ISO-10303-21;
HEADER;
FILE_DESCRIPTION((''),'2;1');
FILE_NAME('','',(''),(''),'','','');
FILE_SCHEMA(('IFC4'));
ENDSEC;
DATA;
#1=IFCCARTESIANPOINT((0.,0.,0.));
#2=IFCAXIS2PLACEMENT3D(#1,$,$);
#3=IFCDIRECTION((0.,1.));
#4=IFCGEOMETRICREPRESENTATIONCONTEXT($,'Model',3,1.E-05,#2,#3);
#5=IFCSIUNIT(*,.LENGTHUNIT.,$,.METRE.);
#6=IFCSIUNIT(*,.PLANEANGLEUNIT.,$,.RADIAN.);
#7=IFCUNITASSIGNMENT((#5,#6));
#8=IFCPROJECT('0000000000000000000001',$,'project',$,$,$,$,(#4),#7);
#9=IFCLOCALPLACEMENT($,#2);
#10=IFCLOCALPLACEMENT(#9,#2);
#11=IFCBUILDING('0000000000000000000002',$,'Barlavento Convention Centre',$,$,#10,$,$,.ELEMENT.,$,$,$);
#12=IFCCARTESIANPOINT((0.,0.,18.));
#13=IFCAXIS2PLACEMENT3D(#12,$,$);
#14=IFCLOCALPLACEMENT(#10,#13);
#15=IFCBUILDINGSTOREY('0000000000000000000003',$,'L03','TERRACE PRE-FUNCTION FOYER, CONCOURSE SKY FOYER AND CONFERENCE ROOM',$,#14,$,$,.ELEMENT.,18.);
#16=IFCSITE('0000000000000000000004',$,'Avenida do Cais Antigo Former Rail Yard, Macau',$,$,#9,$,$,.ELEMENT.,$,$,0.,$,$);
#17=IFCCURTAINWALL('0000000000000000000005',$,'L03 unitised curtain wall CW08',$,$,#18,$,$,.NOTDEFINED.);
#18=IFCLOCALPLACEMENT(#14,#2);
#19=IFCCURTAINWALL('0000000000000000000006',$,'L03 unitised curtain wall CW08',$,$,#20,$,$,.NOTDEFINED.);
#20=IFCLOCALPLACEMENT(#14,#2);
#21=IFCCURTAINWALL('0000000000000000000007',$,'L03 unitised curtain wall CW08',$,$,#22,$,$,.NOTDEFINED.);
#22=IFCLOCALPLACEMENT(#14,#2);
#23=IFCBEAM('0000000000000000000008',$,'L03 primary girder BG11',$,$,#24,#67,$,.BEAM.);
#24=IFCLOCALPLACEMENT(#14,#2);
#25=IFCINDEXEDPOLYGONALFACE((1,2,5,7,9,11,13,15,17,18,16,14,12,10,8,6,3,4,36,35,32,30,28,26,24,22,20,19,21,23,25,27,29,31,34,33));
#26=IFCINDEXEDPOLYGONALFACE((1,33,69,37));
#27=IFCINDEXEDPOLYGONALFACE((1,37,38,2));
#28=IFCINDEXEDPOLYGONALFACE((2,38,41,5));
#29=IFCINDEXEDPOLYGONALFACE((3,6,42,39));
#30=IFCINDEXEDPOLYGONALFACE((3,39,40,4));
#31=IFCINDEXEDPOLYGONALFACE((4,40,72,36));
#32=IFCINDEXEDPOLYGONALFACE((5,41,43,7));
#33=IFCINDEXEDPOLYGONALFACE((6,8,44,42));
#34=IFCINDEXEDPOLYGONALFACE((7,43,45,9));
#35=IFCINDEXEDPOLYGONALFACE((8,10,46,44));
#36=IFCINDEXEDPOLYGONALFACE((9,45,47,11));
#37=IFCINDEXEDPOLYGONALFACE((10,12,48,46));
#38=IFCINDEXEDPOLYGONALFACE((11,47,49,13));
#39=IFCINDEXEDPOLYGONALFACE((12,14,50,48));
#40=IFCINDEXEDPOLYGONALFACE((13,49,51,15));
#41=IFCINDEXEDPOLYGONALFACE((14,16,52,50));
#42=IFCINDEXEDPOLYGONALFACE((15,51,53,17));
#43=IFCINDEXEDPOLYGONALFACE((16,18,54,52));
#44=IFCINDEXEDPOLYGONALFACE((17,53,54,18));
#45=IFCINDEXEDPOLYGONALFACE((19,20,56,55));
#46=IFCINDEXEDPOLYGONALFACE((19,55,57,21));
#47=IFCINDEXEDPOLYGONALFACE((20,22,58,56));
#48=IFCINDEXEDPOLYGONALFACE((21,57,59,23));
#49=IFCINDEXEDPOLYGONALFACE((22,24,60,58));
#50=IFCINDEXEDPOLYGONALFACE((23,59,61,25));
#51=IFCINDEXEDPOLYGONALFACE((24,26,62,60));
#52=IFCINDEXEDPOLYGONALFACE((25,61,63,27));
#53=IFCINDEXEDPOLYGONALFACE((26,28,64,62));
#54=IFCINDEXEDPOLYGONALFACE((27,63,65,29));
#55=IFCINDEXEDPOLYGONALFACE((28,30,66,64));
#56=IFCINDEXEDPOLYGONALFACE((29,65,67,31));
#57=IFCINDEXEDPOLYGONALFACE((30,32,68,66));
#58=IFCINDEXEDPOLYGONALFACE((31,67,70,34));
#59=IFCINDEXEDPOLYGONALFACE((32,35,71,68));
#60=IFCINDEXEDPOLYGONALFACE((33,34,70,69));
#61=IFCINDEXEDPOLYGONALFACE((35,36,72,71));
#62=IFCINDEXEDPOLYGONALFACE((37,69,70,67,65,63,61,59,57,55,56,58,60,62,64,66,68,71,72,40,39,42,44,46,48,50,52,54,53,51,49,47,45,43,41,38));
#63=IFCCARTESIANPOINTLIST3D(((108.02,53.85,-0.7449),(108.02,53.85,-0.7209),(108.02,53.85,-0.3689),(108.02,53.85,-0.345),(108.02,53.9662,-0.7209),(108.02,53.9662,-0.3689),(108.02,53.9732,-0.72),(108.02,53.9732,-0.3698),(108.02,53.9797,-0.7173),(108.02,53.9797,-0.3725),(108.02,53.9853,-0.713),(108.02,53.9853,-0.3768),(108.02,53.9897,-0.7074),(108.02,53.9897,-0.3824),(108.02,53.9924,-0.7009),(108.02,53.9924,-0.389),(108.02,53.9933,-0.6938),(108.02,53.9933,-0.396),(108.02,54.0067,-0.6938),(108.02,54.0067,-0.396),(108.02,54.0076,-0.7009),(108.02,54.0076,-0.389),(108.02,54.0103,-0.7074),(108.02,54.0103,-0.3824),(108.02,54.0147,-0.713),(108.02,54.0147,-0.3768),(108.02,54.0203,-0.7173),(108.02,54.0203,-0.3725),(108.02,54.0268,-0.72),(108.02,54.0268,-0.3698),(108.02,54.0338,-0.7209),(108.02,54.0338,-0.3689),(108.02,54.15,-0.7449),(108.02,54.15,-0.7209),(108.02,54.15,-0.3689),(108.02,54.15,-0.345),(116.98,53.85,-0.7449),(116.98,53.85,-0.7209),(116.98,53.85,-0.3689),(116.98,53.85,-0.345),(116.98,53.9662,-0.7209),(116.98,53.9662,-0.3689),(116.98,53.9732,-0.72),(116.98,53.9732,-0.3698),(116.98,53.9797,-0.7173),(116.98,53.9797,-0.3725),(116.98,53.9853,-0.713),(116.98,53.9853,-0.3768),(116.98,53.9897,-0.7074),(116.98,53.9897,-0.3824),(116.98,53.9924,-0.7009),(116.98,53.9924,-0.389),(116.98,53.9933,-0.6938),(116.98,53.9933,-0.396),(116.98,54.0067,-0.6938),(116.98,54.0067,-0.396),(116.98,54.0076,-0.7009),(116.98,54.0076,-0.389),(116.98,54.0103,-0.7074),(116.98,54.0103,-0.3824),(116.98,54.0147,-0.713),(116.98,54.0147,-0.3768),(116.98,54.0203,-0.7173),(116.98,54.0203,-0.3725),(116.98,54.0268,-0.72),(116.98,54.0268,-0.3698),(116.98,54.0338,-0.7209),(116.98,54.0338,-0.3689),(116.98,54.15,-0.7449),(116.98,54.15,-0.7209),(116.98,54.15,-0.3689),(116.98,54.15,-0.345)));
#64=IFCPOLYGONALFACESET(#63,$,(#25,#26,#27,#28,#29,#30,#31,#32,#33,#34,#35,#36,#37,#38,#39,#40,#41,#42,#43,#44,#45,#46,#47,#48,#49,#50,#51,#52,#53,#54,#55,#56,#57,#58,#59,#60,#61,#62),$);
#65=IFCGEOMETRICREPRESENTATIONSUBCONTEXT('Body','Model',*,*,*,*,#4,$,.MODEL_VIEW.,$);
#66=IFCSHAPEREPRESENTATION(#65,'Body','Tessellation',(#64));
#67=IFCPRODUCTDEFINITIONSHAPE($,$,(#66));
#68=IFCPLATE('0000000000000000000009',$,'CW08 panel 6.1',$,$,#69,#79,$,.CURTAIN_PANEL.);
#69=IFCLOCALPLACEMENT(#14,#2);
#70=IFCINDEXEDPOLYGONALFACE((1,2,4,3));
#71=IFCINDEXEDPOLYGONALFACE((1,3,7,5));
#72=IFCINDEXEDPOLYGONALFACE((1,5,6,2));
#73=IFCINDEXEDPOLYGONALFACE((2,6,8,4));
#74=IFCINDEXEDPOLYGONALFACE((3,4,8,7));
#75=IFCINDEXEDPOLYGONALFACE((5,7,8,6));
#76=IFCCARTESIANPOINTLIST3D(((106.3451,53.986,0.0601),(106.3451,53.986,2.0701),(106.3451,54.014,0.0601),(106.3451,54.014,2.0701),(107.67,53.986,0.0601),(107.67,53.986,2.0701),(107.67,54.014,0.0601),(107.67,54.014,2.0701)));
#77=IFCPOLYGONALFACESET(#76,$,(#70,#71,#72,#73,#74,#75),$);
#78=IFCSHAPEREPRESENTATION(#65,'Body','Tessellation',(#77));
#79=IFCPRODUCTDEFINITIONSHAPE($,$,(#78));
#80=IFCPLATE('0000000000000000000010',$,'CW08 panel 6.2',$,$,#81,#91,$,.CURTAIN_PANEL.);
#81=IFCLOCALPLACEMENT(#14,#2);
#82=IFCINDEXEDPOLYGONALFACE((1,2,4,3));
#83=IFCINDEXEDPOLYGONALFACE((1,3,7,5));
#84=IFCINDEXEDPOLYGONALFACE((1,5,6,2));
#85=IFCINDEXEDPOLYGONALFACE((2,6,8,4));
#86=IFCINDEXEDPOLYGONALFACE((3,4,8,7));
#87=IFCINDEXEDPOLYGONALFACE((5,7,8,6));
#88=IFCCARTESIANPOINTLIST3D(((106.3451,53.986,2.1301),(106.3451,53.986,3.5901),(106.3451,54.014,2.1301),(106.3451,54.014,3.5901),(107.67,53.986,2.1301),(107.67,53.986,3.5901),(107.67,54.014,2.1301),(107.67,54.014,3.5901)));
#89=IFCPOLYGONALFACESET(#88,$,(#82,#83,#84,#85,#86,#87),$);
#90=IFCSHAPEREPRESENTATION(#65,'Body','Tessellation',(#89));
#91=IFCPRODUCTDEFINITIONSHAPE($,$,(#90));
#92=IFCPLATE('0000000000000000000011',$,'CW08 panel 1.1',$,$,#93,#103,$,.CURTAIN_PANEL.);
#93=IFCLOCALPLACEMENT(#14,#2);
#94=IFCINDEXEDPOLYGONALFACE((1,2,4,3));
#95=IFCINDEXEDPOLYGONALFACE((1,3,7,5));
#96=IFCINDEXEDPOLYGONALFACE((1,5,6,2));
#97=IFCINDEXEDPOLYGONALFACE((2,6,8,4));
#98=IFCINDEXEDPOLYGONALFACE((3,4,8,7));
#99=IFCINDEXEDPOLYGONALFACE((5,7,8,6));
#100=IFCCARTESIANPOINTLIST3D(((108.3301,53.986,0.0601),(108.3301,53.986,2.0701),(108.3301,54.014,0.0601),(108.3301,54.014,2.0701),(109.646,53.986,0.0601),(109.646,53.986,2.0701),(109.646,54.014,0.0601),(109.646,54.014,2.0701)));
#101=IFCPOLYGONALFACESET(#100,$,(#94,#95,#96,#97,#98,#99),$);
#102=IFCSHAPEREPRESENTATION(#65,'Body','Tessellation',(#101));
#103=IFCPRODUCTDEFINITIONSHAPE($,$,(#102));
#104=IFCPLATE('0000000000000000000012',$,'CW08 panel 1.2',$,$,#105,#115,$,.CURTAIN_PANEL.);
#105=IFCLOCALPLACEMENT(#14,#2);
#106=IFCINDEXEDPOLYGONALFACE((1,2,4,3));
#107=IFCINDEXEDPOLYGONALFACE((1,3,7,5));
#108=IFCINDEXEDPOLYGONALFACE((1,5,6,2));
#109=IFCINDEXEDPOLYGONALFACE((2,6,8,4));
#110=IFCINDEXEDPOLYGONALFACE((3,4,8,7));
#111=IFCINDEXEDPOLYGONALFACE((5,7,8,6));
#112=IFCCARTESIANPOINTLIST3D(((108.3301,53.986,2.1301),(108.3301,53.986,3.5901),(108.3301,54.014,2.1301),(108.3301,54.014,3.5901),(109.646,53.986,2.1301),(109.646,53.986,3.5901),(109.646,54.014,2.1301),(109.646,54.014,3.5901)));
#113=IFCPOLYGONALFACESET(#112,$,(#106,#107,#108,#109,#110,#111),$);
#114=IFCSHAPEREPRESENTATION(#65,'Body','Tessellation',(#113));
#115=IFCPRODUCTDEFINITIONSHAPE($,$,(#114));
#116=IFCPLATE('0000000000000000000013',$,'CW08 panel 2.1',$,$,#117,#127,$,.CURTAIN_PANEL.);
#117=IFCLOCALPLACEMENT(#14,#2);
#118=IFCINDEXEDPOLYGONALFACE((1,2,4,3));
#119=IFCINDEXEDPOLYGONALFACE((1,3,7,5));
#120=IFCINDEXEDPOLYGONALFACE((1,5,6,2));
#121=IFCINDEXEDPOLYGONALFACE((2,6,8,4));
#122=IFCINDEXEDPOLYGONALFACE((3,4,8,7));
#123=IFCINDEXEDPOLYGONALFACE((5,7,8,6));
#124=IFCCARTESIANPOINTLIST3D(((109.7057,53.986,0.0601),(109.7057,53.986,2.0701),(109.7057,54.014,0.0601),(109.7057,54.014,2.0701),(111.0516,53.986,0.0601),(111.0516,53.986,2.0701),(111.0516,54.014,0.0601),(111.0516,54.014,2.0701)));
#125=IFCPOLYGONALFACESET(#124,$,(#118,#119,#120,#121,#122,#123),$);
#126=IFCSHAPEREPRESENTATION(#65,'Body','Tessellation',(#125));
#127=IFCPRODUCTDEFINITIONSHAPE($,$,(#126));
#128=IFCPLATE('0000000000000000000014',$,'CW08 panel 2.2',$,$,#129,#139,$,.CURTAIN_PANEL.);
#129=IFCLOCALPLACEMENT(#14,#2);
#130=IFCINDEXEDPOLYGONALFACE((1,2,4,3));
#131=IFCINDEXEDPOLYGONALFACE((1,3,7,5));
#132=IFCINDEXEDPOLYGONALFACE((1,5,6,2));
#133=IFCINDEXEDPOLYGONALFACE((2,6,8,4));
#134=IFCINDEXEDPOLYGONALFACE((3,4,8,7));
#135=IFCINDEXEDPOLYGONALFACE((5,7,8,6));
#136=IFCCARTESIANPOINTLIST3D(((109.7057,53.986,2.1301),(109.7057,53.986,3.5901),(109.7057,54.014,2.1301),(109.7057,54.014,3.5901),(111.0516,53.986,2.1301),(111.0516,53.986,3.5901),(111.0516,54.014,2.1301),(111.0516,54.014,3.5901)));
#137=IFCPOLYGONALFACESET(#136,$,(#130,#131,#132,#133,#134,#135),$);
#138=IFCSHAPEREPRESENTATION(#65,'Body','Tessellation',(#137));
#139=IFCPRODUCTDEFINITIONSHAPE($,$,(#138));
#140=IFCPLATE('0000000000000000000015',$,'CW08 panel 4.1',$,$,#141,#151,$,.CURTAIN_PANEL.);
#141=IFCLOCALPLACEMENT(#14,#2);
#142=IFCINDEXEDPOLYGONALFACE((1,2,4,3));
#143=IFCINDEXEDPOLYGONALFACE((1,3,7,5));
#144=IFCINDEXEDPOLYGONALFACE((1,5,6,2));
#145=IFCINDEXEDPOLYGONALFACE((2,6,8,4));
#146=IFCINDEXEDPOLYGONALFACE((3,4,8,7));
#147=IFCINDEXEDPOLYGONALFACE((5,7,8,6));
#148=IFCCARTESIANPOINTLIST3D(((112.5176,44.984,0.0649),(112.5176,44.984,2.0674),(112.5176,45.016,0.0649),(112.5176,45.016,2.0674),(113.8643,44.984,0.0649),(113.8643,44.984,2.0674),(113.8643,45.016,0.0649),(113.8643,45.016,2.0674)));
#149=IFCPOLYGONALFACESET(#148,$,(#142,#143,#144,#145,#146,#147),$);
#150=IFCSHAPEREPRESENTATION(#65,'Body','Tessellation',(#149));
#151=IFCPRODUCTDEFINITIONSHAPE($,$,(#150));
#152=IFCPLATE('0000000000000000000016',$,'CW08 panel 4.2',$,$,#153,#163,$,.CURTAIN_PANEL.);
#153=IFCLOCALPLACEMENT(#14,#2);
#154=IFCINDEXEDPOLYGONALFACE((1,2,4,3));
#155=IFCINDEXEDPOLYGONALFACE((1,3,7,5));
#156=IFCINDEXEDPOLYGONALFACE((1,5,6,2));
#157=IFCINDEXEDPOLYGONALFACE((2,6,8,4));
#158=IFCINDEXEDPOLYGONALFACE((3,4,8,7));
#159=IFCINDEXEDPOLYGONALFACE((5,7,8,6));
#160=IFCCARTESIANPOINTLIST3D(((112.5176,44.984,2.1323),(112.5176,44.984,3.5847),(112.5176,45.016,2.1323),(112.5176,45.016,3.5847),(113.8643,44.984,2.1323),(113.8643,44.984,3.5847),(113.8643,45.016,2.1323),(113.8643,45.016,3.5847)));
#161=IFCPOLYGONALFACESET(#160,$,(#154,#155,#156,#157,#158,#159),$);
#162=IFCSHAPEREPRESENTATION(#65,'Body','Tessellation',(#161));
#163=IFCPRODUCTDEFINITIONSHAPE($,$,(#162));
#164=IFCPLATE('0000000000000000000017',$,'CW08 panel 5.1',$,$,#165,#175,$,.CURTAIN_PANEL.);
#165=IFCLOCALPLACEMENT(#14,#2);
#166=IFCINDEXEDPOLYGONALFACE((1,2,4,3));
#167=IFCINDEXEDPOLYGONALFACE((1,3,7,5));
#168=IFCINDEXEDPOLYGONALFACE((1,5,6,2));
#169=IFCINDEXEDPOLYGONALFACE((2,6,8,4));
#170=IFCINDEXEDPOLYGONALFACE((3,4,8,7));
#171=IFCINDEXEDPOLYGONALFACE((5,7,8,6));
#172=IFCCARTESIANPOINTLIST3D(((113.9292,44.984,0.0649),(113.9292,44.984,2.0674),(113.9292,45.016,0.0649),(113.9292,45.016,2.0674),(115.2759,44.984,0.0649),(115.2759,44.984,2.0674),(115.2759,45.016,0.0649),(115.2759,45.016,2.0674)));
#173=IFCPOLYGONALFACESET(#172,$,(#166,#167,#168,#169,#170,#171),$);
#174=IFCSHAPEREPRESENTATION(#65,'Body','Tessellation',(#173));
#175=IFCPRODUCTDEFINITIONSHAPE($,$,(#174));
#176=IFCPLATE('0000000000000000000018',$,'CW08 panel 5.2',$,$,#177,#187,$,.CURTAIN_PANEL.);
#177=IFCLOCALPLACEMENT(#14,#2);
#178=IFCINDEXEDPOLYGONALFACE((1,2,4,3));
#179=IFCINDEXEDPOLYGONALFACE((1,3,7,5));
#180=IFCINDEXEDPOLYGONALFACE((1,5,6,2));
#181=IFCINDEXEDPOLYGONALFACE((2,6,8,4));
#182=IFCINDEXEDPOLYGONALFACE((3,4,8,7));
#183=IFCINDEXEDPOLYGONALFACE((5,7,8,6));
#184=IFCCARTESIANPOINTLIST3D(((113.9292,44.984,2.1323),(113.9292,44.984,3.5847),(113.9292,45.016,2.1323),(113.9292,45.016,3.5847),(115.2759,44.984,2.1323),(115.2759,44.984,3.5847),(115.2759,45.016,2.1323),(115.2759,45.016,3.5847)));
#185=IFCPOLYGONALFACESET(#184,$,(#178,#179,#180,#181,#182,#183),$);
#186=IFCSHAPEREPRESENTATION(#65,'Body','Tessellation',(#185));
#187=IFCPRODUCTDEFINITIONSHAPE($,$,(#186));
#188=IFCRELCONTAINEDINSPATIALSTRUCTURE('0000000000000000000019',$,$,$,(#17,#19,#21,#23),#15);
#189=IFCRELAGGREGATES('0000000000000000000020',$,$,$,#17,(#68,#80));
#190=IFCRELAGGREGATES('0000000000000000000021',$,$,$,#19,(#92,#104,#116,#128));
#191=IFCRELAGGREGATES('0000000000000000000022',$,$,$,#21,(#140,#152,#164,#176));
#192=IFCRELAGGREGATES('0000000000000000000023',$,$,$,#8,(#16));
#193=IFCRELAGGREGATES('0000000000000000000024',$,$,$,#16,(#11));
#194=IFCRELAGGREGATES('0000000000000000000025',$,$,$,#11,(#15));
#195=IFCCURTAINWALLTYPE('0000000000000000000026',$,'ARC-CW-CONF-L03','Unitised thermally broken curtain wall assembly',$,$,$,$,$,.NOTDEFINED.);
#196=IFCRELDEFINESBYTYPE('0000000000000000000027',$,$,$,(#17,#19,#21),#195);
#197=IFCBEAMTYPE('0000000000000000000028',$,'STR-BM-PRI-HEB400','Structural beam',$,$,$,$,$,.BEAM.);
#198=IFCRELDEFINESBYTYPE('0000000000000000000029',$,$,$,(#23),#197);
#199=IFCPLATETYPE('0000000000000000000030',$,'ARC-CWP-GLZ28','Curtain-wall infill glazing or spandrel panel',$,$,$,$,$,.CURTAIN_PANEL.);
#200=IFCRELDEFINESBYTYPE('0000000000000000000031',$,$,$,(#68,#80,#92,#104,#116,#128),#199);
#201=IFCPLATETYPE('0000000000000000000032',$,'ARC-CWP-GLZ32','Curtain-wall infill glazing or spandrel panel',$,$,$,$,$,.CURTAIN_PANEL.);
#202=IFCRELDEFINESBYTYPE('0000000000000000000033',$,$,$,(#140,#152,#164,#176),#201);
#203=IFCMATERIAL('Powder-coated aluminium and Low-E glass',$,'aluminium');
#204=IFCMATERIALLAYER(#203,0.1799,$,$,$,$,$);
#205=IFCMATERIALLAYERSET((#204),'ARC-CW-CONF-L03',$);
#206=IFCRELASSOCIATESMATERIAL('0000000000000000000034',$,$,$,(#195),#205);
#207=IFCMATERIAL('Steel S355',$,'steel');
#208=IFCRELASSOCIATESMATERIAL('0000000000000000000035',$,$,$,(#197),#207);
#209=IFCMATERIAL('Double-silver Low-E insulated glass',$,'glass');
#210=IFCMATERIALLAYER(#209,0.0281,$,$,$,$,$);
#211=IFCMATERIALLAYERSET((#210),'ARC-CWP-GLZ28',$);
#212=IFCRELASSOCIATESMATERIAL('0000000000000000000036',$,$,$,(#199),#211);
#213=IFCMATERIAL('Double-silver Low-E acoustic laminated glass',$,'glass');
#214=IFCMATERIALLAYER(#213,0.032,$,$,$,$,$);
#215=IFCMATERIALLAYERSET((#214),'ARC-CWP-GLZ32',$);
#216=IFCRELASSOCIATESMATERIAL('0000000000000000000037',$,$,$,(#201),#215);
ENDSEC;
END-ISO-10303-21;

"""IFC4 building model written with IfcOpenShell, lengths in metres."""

from ifc_helpers import new_model, si_unit, direction, frame, origin, origin_2d, place, context, subcontext, project, spatial, rectangle, i_section, extrude, material, layer, layer_set, material_profile, profile_set, type_object, element, aggregate, save


model = new_model("IFC4")

# Units and contexts
model_context = context("Model", 3, precision=1e-05, world=origin(), true_north=direction((0.0, 1.0)))
body_context = subcontext(model_context, "Body", "Model", "MODEL_VIEW")
ifc_project = project(units=[si_unit("LENGTHUNIT", "METRE"), si_unit("PLANEANGLEUNIT", "RADIAN")], contexts=[model_context])

# Site, building, storey
site_placement = place(None, origin())
site = spatial("IfcSite", under=ifc_project, at=site_placement, Name="Avenida do Cais Antigo Former Rail Yard, Macau", CompositionType="ELEMENT", RefElevation=0.0)
building_placement = place(site_placement, origin())
building = spatial("IfcBuilding", under=site, at=building_placement, Name="Barlavento Convention Centre", CompositionType="ELEMENT")
storey_placement = place(building_placement, frame((0.0, 0.0, 18.0)))
storey = spatial("IfcBuildingStorey", under=building, at=storey_placement, Name="L03", Description="TERRACE PRE-FUNCTION FOYER, CONCOURSE SKY FOYER AND CONFERENCE ROOM", CompositionType="ELEMENT", Elevation=18.0)

# Shared definitions
ifc_material_1 = material(Name="Steel S355", Category="steel")

# Curtain wall
ifc_material_2 = material(Name="Powder-coated aluminium and Low-E glass", Category="aluminium")
ifc_layer_1 = layer(ifc_material_2, 0.1799)
ifc_layer_set_1 = layer_set([ifc_layer_1], Name="ARC-CW-CONF-L03")
curtain_wall_type = type_object("IfcCurtainWallType", Name="ARC-CW-CONF-L03", Description="Unitised thermally broken curtain wall assembly", PredefinedType="NOTDEFINED", material=ifc_layer_set_1)
curtain_wall_1_placement = place(storey_placement, origin())
curtain_wall_1 = element("IfcCurtainWall", 1, at=curtain_wall_1_placement, inside=storey, type_object=curtain_wall_type, Name="L03 unitised curtain wall CW08", PredefinedType="NOTDEFINED")

# Curtain walls
curtain_wall_2_placement = place(storey_placement, origin())
curtain_wall_2 = element("IfcCurtainWall", 2, at=curtain_wall_2_placement, inside=storey, type_object=curtain_wall_type, Name="L03 unitised curtain wall CW08", PredefinedType="NOTDEFINED")
curtain_wall_3_placement = place(storey_placement, origin())
curtain_wall_3 = element("IfcCurtainWall", 3, at=curtain_wall_3_placement, inside=storey, type_object=curtain_wall_type, Name="L03 unitised curtain wall CW08", PredefinedType="NOTDEFINED")

# Beam
ifc_material_profile_1 = material_profile(ifc_material_1, i_section(OverallWidth=0.3, OverallDepth=0.3999, WebThickness=0.0134, FlangeThickness=0.0239, FilletRadius=0.0271, at=origin_2d()), Name="HEB 400")
ifc_profile_set_1 = profile_set([ifc_material_profile_1], Name="Steel S355")
beam_type_1 = type_object("IfcBeamType", Name="STR-BM-PRI-HEB400", Description="Structural beam", PredefinedType="BEAM", material=ifc_profile_set_1)
beam_1_placement = place(storey_placement, frame((108.02, 54.0, -0.5449), z_axis=(1.0, 0.0, 0.0), x_axis=(0.0, 1.0, 0.0)))
element("IfcBeam", 4, at=beam_1_placement, inside=storey, type_object=beam_type_1, Name="L03 primary girder BG11", PredefinedType="BEAM", context=body_context, shape_type="SweptSolid", body=[
    extrude(i_section(OverallWidth=0.3, OverallDepth=0.3999, WebThickness=0.0134, FlangeThickness=0.0239, FilletRadius=0.0271, at=origin_2d()), origin(), (0.0, 0.0, 1.0), 8.96),
])

# Plates
ifc_material_3 = material(Name="Double-silver Low-E insulated glass", Category="glass")
ifc_layer_2 = layer(ifc_material_3, 0.0281)
ifc_layer_set_2 = layer_set([ifc_layer_2], Name="ARC-CWP-GLZ28")
plate_type_1 = type_object("IfcPlateType", Name="ARC-CWP-GLZ28", Description="Curtain-wall infill glazing or spandrel panel", PredefinedType="CURTAIN_PANEL", material=ifc_layer_set_2)
plate_1_placement = place(storey_placement, frame((107.0076, 54.0, 0.0601), z_axis=(0.0, 0.0, 1.0), x_axis=(1.0, 0.0, 0.0)))
plate_1 = element("IfcPlate", 5, at=plate_1_placement, type_object=plate_type_1, Name="CW08 panel 6.1", PredefinedType="CURTAIN_PANEL", context=body_context, shape_type="SweptSolid", body=[
    extrude(rectangle(XDim=1.325, YDim=0.0281, at=origin_2d()), origin(), (0.0, 0.0, 1.0), 2.01),
])
plate_2_placement = place(storey_placement, frame((107.0076, 54.0, 2.1301), z_axis=(0.0, 0.0, 1.0), x_axis=(1.0, 0.0, 0.0)))
plate_2 = element("IfcPlate", 6, at=plate_2_placement, type_object=plate_type_1, Name="CW08 panel 6.2", PredefinedType="CURTAIN_PANEL", context=body_context, shape_type="SweptSolid", body=[
    extrude(rectangle(XDim=1.325, YDim=0.0281, at=origin_2d()), origin(), (0.0, 0.0, 1.0), 1.46),
])
aggregate(curtain_wall_1, [plate_1, plate_2])
plate_3_placement = place(storey_placement, frame((108.988, 54.0, 0.0601), z_axis=(0.0, 0.0, 1.0), x_axis=(1.0, 0.0, 0.0)))
plate_3 = element("IfcPlate", 7, at=plate_3_placement, type_object=plate_type_1, Name="CW08 panel 1.1", PredefinedType="CURTAIN_PANEL", context=body_context, shape_type="SweptSolid", body=[
    extrude(rectangle(XDim=1.3159, YDim=0.0281, at=origin_2d()), origin(), (0.0, 0.0, 1.0), 2.01),
])
plate_4_placement = place(storey_placement, frame((108.988, 54.0, 2.1301), z_axis=(0.0, 0.0, 1.0), x_axis=(1.0, 0.0, 0.0)))
plate_4 = element("IfcPlate", 8, at=plate_4_placement, type_object=plate_type_1, Name="CW08 panel 1.2", PredefinedType="CURTAIN_PANEL", context=body_context, shape_type="SweptSolid", body=[
    extrude(rectangle(XDim=1.3159, YDim=0.0281, at=origin_2d()), origin(), (0.0, 0.0, 1.0), 1.46),
])
plate_5_placement = place(storey_placement, frame((110.3787, 54.0, 0.0601), z_axis=(0.0, 0.0, 1.0), x_axis=(1.0, 0.0, 0.0)))
plate_5 = element("IfcPlate", 9, at=plate_5_placement, type_object=plate_type_1, Name="CW08 panel 2.1", PredefinedType="CURTAIN_PANEL", context=body_context, shape_type="SweptSolid", body=[
    extrude(rectangle(XDim=1.3459, YDim=0.0281, at=origin_2d()), origin(), (0.0, 0.0, 1.0), 2.01),
])
plate_6_placement = place(storey_placement, frame((110.3787, 54.0, 2.1301), z_axis=(0.0, 0.0, 1.0), x_axis=(1.0, 0.0, 0.0)))
plate_6 = element("IfcPlate", 10, at=plate_6_placement, type_object=plate_type_1, Name="CW08 panel 2.2", PredefinedType="CURTAIN_PANEL", context=body_context, shape_type="SweptSolid", body=[
    extrude(rectangle(XDim=1.3459, YDim=0.0281, at=origin_2d()), origin(), (0.0, 0.0, 1.0), 1.46),
])
aggregate(curtain_wall_2, [plate_3, plate_4, plate_5, plate_6])
ifc_material_4 = material(Name="Double-silver Low-E acoustic laminated glass", Category="glass")
ifc_layer_3 = layer(ifc_material_4, 0.032)
ifc_layer_set_3 = layer_set([ifc_layer_3], Name="ARC-CWP-GLZ32")
plate_type_2 = type_object("IfcPlateType", Name="ARC-CWP-GLZ32", Description="Curtain-wall infill glazing or spandrel panel", PredefinedType="CURTAIN_PANEL", material=ifc_layer_set_3)
plate_7_placement = place(storey_placement, frame((113.1909, 45.0, 0.0649), z_axis=(0.0, 0.0, 1.0), x_axis=(1.0, 0.0, 0.0)))
plate_7 = element("IfcPlate", 11, at=plate_7_placement, type_object=plate_type_2, Name="CW08 panel 4.1", PredefinedType="CURTAIN_PANEL", context=body_context, shape_type="SweptSolid", body=[
    extrude(rectangle(XDim=1.3467, YDim=0.032, at=origin_2d()), origin(), (0.0, 0.0, 1.0), 2.0024),
])
plate_8_placement = place(storey_placement, frame((113.1909, 45.0, 2.1323), z_axis=(0.0, 0.0, 1.0), x_axis=(1.0, 0.0, 0.0)))
plate_8 = element("IfcPlate", 12, at=plate_8_placement, type_object=plate_type_2, Name="CW08 panel 4.2", PredefinedType="CURTAIN_PANEL", context=body_context, shape_type="SweptSolid", body=[
    extrude(rectangle(XDim=1.3467, YDim=0.032, at=origin_2d()), origin(), (0.0, 0.0, 1.0), 1.4524),
])
plate_9_placement = place(storey_placement, frame((114.6025, 45.0, 0.0649), z_axis=(0.0, 0.0, 1.0), x_axis=(1.0, 0.0, 0.0)))
plate_9 = element("IfcPlate", 13, at=plate_9_placement, type_object=plate_type_2, Name="CW08 panel 5.1", PredefinedType="CURTAIN_PANEL", context=body_context, shape_type="SweptSolid", body=[
    extrude(rectangle(XDim=1.3467, YDim=0.032, at=origin_2d()), origin(), (0.0, 0.0, 1.0), 2.0024),
])
plate_10_placement = place(storey_placement, frame((114.6025, 45.0, 2.1323), z_axis=(0.0, 0.0, 1.0), x_axis=(1.0, 0.0, 0.0)))
plate_10 = element("IfcPlate", 14, at=plate_10_placement, type_object=plate_type_2, Name="CW08 panel 5.2", PredefinedType="CURTAIN_PANEL", context=body_context, shape_type="SweptSolid", body=[
    extrude(rectangle(XDim=1.3467, YDim=0.032, at=origin_2d()), origin(), (0.0, 0.0, 1.0), 1.4524),
])
aggregate(curtain_wall_3, [plate_7, plate_8, plate_9, plate_10])

save(model, "model.ifc")
